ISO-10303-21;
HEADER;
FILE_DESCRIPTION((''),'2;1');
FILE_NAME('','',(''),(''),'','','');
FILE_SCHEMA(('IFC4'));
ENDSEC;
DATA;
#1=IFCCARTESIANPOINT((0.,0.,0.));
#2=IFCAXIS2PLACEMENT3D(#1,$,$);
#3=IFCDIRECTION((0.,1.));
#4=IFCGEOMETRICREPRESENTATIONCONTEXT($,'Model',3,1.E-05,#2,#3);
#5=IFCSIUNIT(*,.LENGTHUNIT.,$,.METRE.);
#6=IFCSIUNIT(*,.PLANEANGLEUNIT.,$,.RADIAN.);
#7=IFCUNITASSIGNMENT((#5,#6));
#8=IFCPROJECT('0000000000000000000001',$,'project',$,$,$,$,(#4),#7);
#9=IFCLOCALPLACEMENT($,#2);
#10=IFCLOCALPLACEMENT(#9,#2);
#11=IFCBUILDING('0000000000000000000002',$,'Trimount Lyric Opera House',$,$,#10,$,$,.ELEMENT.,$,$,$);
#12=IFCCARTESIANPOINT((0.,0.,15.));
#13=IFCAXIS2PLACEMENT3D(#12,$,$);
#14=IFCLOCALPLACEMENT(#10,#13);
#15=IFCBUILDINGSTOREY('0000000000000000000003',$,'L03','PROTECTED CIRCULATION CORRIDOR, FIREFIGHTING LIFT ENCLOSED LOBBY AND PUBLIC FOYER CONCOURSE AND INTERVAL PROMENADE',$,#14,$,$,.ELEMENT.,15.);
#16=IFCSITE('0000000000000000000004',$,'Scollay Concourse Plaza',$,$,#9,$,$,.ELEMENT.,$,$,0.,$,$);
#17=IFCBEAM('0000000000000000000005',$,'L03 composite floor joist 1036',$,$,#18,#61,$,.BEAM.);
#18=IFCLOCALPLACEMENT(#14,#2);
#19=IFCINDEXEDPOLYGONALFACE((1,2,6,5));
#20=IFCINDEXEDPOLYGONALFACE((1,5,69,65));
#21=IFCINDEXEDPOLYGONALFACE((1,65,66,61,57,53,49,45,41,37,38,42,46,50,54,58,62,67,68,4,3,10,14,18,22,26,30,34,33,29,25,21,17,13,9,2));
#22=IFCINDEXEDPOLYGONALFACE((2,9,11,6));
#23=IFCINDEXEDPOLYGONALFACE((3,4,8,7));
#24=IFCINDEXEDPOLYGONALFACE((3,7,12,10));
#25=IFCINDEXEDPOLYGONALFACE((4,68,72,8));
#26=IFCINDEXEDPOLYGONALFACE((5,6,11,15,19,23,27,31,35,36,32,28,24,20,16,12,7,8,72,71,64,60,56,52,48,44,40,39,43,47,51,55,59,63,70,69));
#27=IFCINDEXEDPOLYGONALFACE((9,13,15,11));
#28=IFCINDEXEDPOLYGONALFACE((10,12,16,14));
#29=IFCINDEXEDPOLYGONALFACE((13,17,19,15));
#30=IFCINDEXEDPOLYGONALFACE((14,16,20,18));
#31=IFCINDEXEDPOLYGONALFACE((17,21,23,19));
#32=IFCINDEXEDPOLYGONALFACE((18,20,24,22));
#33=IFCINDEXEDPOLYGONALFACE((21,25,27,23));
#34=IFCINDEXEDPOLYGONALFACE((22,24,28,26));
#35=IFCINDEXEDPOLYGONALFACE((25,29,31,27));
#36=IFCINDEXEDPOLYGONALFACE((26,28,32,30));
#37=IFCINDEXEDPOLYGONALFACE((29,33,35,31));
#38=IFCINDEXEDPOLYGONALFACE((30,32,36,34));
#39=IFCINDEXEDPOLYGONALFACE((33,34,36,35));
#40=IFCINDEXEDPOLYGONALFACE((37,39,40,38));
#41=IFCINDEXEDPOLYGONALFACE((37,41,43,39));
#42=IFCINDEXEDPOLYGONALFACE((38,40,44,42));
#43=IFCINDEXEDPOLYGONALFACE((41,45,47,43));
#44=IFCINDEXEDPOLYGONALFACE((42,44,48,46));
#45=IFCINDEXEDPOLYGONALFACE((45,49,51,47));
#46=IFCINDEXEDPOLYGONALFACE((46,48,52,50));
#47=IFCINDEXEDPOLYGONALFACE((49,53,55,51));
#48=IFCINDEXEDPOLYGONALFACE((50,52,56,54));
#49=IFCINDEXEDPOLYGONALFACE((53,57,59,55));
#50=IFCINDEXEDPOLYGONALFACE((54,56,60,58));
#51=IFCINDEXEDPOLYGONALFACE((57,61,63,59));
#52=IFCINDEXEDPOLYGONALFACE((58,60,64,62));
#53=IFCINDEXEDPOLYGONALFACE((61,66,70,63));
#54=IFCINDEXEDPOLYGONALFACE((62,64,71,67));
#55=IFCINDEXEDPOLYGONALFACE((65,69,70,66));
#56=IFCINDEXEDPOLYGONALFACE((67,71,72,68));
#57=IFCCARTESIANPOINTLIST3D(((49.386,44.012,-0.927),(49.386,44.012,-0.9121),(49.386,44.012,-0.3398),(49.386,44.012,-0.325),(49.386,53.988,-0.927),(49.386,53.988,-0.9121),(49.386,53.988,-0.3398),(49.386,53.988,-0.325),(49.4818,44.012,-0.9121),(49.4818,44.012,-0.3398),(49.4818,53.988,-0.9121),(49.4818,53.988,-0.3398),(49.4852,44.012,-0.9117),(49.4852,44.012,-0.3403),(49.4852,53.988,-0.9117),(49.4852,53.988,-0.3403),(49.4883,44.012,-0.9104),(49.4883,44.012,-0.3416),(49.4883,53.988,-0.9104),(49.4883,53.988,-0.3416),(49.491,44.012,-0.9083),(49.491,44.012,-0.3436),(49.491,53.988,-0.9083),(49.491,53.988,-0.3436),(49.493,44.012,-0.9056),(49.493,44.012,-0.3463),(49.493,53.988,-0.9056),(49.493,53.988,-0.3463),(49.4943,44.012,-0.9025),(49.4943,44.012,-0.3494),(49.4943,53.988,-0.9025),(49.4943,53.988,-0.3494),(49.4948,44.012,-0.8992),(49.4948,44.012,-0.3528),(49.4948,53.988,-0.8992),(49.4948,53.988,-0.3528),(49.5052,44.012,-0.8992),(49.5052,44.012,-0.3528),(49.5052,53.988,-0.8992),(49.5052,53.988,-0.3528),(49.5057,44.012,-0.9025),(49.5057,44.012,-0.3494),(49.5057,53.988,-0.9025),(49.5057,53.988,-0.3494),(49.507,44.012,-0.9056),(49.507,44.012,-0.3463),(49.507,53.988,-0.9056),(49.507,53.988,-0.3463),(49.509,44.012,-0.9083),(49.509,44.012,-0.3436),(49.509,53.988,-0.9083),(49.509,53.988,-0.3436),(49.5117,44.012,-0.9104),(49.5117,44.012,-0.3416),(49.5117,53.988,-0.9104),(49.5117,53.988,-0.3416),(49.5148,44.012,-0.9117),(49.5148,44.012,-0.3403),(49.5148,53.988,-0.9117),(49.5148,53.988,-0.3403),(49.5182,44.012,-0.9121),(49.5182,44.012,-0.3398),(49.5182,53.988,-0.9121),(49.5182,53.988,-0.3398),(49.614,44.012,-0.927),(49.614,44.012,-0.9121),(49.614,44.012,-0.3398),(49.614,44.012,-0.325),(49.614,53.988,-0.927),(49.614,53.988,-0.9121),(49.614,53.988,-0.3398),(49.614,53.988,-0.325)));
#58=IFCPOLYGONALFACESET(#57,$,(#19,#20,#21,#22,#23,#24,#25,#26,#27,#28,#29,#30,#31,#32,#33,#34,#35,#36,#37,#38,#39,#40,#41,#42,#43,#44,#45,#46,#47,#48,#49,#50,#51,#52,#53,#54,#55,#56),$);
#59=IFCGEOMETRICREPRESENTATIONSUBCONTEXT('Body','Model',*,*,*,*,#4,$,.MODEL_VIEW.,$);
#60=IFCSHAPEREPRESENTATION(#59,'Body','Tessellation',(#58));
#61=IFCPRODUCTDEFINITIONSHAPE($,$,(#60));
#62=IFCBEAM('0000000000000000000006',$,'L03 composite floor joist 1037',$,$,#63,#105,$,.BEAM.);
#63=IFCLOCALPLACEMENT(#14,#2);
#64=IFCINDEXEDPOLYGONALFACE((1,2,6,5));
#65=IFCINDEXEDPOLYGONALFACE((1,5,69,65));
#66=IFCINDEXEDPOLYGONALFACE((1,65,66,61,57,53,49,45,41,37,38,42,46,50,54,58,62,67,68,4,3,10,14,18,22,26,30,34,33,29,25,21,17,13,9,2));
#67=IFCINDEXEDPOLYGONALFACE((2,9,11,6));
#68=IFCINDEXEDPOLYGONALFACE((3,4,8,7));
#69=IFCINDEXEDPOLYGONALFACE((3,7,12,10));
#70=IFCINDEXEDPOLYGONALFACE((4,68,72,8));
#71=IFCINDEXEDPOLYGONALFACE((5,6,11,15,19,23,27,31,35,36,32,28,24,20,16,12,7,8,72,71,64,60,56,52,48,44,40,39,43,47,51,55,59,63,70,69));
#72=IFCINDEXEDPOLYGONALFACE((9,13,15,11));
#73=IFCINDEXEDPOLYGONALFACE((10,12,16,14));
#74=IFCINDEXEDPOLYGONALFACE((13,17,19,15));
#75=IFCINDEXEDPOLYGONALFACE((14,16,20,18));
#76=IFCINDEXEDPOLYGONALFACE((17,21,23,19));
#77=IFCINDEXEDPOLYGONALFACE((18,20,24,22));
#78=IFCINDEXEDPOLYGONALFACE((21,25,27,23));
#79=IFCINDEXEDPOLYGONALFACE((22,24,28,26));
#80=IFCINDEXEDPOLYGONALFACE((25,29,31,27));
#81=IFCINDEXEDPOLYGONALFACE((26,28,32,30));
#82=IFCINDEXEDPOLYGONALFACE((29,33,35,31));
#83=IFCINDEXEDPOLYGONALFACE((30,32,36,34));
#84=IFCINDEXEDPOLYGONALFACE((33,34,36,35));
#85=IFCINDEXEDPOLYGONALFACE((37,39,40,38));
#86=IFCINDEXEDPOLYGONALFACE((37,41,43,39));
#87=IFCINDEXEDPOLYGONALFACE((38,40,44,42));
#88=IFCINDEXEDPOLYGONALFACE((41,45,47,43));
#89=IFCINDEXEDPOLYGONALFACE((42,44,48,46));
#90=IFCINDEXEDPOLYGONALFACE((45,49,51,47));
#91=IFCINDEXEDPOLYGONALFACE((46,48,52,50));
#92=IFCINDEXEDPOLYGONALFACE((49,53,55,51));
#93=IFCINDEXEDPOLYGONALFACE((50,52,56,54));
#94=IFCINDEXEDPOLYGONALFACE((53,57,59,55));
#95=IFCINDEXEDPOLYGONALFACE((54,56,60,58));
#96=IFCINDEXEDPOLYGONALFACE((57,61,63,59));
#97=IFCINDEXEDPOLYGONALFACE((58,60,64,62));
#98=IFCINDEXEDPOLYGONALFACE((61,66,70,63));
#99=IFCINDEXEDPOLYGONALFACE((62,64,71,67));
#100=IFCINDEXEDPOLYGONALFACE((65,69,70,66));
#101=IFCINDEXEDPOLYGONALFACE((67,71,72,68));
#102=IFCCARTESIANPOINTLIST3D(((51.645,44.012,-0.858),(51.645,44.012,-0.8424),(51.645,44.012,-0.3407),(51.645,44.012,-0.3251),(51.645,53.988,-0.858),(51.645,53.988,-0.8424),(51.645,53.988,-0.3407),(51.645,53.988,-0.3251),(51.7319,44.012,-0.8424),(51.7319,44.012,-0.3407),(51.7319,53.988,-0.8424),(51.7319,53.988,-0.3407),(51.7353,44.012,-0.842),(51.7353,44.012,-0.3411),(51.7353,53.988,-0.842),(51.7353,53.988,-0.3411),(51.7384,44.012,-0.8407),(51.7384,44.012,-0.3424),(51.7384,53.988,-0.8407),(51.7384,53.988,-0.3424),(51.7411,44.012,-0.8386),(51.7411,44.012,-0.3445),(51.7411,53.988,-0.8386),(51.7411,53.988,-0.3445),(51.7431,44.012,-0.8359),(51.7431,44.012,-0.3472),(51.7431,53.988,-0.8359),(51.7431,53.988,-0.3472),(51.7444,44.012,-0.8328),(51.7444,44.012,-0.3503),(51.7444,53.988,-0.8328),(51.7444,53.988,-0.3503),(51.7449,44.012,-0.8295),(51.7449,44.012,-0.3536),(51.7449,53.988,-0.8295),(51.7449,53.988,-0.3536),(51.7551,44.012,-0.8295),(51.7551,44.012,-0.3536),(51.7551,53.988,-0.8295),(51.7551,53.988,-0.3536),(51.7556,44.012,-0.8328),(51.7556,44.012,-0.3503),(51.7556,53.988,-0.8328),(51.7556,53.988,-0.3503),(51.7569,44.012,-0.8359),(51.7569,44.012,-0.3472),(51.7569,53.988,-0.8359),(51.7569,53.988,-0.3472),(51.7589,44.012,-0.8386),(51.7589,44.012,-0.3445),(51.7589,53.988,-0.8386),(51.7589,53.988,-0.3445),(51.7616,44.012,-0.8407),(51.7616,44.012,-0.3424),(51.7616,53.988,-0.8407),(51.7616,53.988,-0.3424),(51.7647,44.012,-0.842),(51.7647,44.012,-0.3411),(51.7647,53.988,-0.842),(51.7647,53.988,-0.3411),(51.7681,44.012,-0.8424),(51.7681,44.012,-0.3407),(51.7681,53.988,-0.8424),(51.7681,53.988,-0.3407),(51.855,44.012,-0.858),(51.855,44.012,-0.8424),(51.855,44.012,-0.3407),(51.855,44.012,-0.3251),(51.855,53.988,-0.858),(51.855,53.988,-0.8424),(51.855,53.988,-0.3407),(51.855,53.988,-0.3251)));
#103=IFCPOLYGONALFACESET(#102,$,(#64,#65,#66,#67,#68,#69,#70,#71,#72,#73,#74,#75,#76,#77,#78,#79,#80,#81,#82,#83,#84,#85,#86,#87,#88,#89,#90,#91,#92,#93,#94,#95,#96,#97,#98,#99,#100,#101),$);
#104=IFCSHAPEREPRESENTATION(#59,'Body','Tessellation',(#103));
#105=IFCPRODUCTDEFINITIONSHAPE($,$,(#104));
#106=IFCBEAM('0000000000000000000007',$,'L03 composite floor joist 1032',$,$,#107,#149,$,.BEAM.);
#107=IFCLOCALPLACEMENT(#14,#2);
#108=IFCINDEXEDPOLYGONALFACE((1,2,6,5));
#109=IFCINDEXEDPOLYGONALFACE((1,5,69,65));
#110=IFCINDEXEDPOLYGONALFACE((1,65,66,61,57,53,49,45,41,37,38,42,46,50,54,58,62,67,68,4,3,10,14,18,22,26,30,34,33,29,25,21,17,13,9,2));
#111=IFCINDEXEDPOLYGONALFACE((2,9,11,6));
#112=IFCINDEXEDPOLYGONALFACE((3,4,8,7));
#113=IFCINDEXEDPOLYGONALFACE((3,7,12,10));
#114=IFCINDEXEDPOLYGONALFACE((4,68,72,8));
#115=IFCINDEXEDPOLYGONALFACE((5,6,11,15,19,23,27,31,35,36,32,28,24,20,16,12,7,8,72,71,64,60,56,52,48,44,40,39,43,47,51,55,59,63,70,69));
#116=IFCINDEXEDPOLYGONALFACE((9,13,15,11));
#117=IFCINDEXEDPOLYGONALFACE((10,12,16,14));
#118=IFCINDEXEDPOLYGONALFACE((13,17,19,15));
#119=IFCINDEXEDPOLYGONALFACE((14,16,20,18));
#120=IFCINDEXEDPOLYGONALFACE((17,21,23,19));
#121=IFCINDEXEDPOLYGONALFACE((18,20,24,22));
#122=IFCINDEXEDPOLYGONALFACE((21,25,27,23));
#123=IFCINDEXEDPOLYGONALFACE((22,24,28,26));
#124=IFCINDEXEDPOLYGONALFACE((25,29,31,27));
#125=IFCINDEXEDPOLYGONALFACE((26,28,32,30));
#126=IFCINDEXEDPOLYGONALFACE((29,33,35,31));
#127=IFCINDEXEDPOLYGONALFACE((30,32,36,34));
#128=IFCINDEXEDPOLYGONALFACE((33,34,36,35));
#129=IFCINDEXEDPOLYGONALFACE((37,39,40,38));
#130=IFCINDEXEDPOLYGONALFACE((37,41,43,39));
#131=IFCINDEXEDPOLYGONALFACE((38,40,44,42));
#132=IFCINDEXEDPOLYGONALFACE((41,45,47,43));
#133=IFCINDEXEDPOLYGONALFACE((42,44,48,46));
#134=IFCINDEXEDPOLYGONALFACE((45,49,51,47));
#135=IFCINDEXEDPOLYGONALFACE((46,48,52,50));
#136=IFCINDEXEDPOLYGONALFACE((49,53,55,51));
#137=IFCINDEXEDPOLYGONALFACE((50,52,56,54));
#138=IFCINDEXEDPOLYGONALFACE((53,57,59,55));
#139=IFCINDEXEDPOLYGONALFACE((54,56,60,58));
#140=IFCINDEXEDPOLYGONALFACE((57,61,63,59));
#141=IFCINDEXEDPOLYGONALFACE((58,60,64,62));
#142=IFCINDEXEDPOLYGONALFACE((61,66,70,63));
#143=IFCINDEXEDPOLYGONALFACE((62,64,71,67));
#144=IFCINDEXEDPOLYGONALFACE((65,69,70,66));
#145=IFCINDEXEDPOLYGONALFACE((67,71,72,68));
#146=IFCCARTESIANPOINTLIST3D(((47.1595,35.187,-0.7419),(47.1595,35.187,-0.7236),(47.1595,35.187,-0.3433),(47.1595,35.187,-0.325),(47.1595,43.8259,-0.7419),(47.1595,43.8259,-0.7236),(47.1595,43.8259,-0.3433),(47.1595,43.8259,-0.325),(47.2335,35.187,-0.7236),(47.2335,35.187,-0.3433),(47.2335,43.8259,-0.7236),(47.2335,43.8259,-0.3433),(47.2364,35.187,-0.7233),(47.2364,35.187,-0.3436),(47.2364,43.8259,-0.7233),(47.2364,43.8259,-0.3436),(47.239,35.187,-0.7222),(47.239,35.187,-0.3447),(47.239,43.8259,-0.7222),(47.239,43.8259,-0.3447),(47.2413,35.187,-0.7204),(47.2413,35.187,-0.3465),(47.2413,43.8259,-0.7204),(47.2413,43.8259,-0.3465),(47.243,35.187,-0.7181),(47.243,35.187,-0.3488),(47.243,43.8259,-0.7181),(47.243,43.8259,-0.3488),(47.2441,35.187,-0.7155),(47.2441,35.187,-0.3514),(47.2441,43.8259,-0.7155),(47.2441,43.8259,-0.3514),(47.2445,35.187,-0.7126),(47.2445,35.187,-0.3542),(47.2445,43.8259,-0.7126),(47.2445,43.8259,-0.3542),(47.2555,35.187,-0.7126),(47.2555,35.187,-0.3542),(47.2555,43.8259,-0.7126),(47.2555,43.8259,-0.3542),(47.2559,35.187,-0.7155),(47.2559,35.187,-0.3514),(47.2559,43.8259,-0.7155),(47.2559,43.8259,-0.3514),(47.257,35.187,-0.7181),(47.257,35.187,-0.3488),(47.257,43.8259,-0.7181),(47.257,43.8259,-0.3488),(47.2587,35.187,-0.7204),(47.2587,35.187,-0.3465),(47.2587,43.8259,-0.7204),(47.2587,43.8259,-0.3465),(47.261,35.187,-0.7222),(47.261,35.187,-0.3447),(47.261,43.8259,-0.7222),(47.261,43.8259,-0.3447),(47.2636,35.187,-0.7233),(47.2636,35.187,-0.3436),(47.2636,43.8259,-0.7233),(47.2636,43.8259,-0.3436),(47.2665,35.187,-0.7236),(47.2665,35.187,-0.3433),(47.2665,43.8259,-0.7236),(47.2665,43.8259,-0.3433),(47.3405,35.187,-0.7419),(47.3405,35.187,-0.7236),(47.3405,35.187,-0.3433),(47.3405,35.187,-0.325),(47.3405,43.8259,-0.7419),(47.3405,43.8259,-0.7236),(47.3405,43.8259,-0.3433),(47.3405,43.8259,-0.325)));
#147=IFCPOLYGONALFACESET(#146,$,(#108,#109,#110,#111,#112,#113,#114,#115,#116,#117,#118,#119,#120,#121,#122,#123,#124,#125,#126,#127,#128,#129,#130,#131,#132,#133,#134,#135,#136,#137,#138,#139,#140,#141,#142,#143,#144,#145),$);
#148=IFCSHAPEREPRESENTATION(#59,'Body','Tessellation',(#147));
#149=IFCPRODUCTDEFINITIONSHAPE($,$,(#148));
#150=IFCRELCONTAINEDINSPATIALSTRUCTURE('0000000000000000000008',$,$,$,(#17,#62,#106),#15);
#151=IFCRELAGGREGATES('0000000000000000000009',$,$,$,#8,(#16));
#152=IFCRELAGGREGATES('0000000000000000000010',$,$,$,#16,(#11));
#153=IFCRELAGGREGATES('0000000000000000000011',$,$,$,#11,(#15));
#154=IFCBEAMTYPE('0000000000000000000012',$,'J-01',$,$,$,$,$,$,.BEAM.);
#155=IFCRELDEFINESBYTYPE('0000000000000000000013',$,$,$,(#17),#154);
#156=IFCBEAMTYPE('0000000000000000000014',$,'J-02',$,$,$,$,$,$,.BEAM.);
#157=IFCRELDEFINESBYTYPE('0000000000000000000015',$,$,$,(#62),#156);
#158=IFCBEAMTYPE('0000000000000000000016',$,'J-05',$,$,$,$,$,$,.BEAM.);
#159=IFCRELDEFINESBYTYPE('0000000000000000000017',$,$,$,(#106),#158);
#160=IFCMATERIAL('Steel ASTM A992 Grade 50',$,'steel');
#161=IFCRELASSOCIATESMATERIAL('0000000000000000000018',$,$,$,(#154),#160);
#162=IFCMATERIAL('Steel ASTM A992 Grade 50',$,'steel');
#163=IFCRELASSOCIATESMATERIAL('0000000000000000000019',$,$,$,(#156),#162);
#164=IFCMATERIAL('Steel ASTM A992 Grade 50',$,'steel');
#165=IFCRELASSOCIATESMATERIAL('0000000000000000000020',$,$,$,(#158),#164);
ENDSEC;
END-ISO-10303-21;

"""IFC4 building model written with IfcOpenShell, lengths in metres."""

from ifc_helpers import new_model, si_unit, direction, frame, origin, origin_2d, place, context, subcontext, project, spatial, i_section, extrude, material, material_profile, profile_set, type_object, element, save


model = new_model("IFC4")

# Units and contexts
model_context = context("Model", 3, precision=1e-05, world=origin(), true_north=direction((0.0, 1.0)))
body_context = subcontext(model_context, "Body", "Model", "MODEL_VIEW")
ifc_project = project(units=[si_unit("LENGTHUNIT", "METRE"), si_unit("PLANEANGLEUNIT", "RADIAN")], contexts=[model_context])

# Site, building, storey
site_placement = place(None, origin())
site = spatial("IfcSite", under=ifc_project, at=site_placement, Name="Scollay Concourse Plaza", CompositionType="ELEMENT", RefElevation=0.0)
building_placement = place(site_placement, origin())
building = spatial("IfcBuilding", under=site, at=building_placement, Name="Trimount Lyric Opera House", CompositionType="ELEMENT")
storey_placement = place(building_placement, frame((0.0, 0.0, 15.0)))
storey = spatial("IfcBuildingStorey", under=building, at=storey_placement, Name="L03", Description="PROTECTED CIRCULATION CORRIDOR, FIREFIGHTING LIFT ENCLOSED LOBBY AND PUBLIC FOYER CONCOURSE AND INTERVAL PROMENADE", CompositionType="ELEMENT", Elevation=15.0)

# Beams
ifc_material_1 = material(Name="Steel ASTM A992 Grade 50", Category="steel")
ifc_material_profile_1 = material_profile(ifc_material_1, i_section(OverallWidth=0.228, OverallDepth=0.6021, WebThickness=0.0105, FlangeThickness=0.0149, FilletRadius=0.0129, at=origin_2d()), Name="W24X68")
ifc_profile_set_1 = profile_set([ifc_material_profile_1], Name="Steel ASTM A992 Grade 50")
beam_type_1 = type_object("IfcBeamType", Name="J-01", PredefinedType="BEAM", material=ifc_profile_set_1)
beam_1_placement = place(storey_placement, frame((49.5, 44.012, -0.626), z_axis=(0.0, 1.0, 0.0), x_axis=(-1.0, 0.0, 0.0)))
element("IfcBeam", 1, at=beam_1_placement, inside=storey, type_object=beam_type_1, Name="L03 composite floor joist 1036", PredefinedType="BEAM", context=body_context, shape_type="SweptSolid", body=[
    extrude(i_section(OverallWidth=0.228, OverallDepth=0.6021, WebThickness=0.0105, FlangeThickness=0.0149, FilletRadius=0.0129, at=origin_2d()), origin(), (0.0, 0.0, 1.0), 9.9761),
])
ifc_material_2 = material(Name="Steel ASTM A992 Grade 50", Category="steel")
ifc_material_profile_2 = material_profile(ifc_material_2, i_section(OverallWidth=0.21, OverallDepth=0.533, WebThickness=0.0103, FlangeThickness=0.0156, FilletRadius=0.0129, at=origin_2d()), Name="W21X62")
ifc_profile_set_2 = profile_set([ifc_material_profile_2], Name="Steel ASTM A992 Grade 50")
beam_type_2 = type_object("IfcBeamType", Name="J-02", PredefinedType="BEAM", material=ifc_profile_set_2)
beam_2_placement = place(storey_placement, frame((51.75, 44.012, -0.5916), z_axis=(0.0, 1.0, 0.0), x_axis=(-1.0, 0.0, 0.0)))
element("IfcBeam", 2, at=beam_2_placement, inside=storey, type_object=beam_type_2, Name="L03 composite floor joist 1037", PredefinedType="BEAM", context=body_context, shape_type="SweptSolid", body=[
    extrude(i_section(OverallWidth=0.21, OverallDepth=0.533, WebThickness=0.0103, FlangeThickness=0.0156, FilletRadius=0.0129, at=origin_2d()), origin(), (0.0, 0.0, 1.0), 9.9761),
])
ifc_material_3 = material(Name="Steel ASTM A992 Grade 50", Category="steel")
ifc_material_profile_3 = material_profile(ifc_material_3, i_section(OverallWidth=0.1809, OverallDepth=0.417, WebThickness=0.011, FlangeThickness=0.0183, FilletRadius=0.011, at=origin_2d()), Name="W16X57")
ifc_profile_set_3 = profile_set([ifc_material_profile_3], Name="Steel ASTM A992 Grade 50")
beam_type_3 = type_object("IfcBeamType", Name="J-05", PredefinedType="BEAM", material=ifc_profile_set_3)
beam_3_placement = place(storey_placement, frame((47.25, 35.187, -0.5334), z_axis=(0.0, 1.0, 0.0), x_axis=(-1.0, 0.0, 0.0)))
element("IfcBeam", 3, at=beam_3_placement, inside=storey, type_object=beam_type_3, Name="L03 composite floor joist 1032", PredefinedType="BEAM", context=body_context, shape_type="SweptSolid", body=[
    extrude(i_section(OverallWidth=0.1809, OverallDepth=0.417, WebThickness=0.011, FlangeThickness=0.0183, FilletRadius=0.011, at=origin_2d()), origin(), (0.0, 0.0, 1.0), 8.6389),
])

save(model, "model.ifc")
